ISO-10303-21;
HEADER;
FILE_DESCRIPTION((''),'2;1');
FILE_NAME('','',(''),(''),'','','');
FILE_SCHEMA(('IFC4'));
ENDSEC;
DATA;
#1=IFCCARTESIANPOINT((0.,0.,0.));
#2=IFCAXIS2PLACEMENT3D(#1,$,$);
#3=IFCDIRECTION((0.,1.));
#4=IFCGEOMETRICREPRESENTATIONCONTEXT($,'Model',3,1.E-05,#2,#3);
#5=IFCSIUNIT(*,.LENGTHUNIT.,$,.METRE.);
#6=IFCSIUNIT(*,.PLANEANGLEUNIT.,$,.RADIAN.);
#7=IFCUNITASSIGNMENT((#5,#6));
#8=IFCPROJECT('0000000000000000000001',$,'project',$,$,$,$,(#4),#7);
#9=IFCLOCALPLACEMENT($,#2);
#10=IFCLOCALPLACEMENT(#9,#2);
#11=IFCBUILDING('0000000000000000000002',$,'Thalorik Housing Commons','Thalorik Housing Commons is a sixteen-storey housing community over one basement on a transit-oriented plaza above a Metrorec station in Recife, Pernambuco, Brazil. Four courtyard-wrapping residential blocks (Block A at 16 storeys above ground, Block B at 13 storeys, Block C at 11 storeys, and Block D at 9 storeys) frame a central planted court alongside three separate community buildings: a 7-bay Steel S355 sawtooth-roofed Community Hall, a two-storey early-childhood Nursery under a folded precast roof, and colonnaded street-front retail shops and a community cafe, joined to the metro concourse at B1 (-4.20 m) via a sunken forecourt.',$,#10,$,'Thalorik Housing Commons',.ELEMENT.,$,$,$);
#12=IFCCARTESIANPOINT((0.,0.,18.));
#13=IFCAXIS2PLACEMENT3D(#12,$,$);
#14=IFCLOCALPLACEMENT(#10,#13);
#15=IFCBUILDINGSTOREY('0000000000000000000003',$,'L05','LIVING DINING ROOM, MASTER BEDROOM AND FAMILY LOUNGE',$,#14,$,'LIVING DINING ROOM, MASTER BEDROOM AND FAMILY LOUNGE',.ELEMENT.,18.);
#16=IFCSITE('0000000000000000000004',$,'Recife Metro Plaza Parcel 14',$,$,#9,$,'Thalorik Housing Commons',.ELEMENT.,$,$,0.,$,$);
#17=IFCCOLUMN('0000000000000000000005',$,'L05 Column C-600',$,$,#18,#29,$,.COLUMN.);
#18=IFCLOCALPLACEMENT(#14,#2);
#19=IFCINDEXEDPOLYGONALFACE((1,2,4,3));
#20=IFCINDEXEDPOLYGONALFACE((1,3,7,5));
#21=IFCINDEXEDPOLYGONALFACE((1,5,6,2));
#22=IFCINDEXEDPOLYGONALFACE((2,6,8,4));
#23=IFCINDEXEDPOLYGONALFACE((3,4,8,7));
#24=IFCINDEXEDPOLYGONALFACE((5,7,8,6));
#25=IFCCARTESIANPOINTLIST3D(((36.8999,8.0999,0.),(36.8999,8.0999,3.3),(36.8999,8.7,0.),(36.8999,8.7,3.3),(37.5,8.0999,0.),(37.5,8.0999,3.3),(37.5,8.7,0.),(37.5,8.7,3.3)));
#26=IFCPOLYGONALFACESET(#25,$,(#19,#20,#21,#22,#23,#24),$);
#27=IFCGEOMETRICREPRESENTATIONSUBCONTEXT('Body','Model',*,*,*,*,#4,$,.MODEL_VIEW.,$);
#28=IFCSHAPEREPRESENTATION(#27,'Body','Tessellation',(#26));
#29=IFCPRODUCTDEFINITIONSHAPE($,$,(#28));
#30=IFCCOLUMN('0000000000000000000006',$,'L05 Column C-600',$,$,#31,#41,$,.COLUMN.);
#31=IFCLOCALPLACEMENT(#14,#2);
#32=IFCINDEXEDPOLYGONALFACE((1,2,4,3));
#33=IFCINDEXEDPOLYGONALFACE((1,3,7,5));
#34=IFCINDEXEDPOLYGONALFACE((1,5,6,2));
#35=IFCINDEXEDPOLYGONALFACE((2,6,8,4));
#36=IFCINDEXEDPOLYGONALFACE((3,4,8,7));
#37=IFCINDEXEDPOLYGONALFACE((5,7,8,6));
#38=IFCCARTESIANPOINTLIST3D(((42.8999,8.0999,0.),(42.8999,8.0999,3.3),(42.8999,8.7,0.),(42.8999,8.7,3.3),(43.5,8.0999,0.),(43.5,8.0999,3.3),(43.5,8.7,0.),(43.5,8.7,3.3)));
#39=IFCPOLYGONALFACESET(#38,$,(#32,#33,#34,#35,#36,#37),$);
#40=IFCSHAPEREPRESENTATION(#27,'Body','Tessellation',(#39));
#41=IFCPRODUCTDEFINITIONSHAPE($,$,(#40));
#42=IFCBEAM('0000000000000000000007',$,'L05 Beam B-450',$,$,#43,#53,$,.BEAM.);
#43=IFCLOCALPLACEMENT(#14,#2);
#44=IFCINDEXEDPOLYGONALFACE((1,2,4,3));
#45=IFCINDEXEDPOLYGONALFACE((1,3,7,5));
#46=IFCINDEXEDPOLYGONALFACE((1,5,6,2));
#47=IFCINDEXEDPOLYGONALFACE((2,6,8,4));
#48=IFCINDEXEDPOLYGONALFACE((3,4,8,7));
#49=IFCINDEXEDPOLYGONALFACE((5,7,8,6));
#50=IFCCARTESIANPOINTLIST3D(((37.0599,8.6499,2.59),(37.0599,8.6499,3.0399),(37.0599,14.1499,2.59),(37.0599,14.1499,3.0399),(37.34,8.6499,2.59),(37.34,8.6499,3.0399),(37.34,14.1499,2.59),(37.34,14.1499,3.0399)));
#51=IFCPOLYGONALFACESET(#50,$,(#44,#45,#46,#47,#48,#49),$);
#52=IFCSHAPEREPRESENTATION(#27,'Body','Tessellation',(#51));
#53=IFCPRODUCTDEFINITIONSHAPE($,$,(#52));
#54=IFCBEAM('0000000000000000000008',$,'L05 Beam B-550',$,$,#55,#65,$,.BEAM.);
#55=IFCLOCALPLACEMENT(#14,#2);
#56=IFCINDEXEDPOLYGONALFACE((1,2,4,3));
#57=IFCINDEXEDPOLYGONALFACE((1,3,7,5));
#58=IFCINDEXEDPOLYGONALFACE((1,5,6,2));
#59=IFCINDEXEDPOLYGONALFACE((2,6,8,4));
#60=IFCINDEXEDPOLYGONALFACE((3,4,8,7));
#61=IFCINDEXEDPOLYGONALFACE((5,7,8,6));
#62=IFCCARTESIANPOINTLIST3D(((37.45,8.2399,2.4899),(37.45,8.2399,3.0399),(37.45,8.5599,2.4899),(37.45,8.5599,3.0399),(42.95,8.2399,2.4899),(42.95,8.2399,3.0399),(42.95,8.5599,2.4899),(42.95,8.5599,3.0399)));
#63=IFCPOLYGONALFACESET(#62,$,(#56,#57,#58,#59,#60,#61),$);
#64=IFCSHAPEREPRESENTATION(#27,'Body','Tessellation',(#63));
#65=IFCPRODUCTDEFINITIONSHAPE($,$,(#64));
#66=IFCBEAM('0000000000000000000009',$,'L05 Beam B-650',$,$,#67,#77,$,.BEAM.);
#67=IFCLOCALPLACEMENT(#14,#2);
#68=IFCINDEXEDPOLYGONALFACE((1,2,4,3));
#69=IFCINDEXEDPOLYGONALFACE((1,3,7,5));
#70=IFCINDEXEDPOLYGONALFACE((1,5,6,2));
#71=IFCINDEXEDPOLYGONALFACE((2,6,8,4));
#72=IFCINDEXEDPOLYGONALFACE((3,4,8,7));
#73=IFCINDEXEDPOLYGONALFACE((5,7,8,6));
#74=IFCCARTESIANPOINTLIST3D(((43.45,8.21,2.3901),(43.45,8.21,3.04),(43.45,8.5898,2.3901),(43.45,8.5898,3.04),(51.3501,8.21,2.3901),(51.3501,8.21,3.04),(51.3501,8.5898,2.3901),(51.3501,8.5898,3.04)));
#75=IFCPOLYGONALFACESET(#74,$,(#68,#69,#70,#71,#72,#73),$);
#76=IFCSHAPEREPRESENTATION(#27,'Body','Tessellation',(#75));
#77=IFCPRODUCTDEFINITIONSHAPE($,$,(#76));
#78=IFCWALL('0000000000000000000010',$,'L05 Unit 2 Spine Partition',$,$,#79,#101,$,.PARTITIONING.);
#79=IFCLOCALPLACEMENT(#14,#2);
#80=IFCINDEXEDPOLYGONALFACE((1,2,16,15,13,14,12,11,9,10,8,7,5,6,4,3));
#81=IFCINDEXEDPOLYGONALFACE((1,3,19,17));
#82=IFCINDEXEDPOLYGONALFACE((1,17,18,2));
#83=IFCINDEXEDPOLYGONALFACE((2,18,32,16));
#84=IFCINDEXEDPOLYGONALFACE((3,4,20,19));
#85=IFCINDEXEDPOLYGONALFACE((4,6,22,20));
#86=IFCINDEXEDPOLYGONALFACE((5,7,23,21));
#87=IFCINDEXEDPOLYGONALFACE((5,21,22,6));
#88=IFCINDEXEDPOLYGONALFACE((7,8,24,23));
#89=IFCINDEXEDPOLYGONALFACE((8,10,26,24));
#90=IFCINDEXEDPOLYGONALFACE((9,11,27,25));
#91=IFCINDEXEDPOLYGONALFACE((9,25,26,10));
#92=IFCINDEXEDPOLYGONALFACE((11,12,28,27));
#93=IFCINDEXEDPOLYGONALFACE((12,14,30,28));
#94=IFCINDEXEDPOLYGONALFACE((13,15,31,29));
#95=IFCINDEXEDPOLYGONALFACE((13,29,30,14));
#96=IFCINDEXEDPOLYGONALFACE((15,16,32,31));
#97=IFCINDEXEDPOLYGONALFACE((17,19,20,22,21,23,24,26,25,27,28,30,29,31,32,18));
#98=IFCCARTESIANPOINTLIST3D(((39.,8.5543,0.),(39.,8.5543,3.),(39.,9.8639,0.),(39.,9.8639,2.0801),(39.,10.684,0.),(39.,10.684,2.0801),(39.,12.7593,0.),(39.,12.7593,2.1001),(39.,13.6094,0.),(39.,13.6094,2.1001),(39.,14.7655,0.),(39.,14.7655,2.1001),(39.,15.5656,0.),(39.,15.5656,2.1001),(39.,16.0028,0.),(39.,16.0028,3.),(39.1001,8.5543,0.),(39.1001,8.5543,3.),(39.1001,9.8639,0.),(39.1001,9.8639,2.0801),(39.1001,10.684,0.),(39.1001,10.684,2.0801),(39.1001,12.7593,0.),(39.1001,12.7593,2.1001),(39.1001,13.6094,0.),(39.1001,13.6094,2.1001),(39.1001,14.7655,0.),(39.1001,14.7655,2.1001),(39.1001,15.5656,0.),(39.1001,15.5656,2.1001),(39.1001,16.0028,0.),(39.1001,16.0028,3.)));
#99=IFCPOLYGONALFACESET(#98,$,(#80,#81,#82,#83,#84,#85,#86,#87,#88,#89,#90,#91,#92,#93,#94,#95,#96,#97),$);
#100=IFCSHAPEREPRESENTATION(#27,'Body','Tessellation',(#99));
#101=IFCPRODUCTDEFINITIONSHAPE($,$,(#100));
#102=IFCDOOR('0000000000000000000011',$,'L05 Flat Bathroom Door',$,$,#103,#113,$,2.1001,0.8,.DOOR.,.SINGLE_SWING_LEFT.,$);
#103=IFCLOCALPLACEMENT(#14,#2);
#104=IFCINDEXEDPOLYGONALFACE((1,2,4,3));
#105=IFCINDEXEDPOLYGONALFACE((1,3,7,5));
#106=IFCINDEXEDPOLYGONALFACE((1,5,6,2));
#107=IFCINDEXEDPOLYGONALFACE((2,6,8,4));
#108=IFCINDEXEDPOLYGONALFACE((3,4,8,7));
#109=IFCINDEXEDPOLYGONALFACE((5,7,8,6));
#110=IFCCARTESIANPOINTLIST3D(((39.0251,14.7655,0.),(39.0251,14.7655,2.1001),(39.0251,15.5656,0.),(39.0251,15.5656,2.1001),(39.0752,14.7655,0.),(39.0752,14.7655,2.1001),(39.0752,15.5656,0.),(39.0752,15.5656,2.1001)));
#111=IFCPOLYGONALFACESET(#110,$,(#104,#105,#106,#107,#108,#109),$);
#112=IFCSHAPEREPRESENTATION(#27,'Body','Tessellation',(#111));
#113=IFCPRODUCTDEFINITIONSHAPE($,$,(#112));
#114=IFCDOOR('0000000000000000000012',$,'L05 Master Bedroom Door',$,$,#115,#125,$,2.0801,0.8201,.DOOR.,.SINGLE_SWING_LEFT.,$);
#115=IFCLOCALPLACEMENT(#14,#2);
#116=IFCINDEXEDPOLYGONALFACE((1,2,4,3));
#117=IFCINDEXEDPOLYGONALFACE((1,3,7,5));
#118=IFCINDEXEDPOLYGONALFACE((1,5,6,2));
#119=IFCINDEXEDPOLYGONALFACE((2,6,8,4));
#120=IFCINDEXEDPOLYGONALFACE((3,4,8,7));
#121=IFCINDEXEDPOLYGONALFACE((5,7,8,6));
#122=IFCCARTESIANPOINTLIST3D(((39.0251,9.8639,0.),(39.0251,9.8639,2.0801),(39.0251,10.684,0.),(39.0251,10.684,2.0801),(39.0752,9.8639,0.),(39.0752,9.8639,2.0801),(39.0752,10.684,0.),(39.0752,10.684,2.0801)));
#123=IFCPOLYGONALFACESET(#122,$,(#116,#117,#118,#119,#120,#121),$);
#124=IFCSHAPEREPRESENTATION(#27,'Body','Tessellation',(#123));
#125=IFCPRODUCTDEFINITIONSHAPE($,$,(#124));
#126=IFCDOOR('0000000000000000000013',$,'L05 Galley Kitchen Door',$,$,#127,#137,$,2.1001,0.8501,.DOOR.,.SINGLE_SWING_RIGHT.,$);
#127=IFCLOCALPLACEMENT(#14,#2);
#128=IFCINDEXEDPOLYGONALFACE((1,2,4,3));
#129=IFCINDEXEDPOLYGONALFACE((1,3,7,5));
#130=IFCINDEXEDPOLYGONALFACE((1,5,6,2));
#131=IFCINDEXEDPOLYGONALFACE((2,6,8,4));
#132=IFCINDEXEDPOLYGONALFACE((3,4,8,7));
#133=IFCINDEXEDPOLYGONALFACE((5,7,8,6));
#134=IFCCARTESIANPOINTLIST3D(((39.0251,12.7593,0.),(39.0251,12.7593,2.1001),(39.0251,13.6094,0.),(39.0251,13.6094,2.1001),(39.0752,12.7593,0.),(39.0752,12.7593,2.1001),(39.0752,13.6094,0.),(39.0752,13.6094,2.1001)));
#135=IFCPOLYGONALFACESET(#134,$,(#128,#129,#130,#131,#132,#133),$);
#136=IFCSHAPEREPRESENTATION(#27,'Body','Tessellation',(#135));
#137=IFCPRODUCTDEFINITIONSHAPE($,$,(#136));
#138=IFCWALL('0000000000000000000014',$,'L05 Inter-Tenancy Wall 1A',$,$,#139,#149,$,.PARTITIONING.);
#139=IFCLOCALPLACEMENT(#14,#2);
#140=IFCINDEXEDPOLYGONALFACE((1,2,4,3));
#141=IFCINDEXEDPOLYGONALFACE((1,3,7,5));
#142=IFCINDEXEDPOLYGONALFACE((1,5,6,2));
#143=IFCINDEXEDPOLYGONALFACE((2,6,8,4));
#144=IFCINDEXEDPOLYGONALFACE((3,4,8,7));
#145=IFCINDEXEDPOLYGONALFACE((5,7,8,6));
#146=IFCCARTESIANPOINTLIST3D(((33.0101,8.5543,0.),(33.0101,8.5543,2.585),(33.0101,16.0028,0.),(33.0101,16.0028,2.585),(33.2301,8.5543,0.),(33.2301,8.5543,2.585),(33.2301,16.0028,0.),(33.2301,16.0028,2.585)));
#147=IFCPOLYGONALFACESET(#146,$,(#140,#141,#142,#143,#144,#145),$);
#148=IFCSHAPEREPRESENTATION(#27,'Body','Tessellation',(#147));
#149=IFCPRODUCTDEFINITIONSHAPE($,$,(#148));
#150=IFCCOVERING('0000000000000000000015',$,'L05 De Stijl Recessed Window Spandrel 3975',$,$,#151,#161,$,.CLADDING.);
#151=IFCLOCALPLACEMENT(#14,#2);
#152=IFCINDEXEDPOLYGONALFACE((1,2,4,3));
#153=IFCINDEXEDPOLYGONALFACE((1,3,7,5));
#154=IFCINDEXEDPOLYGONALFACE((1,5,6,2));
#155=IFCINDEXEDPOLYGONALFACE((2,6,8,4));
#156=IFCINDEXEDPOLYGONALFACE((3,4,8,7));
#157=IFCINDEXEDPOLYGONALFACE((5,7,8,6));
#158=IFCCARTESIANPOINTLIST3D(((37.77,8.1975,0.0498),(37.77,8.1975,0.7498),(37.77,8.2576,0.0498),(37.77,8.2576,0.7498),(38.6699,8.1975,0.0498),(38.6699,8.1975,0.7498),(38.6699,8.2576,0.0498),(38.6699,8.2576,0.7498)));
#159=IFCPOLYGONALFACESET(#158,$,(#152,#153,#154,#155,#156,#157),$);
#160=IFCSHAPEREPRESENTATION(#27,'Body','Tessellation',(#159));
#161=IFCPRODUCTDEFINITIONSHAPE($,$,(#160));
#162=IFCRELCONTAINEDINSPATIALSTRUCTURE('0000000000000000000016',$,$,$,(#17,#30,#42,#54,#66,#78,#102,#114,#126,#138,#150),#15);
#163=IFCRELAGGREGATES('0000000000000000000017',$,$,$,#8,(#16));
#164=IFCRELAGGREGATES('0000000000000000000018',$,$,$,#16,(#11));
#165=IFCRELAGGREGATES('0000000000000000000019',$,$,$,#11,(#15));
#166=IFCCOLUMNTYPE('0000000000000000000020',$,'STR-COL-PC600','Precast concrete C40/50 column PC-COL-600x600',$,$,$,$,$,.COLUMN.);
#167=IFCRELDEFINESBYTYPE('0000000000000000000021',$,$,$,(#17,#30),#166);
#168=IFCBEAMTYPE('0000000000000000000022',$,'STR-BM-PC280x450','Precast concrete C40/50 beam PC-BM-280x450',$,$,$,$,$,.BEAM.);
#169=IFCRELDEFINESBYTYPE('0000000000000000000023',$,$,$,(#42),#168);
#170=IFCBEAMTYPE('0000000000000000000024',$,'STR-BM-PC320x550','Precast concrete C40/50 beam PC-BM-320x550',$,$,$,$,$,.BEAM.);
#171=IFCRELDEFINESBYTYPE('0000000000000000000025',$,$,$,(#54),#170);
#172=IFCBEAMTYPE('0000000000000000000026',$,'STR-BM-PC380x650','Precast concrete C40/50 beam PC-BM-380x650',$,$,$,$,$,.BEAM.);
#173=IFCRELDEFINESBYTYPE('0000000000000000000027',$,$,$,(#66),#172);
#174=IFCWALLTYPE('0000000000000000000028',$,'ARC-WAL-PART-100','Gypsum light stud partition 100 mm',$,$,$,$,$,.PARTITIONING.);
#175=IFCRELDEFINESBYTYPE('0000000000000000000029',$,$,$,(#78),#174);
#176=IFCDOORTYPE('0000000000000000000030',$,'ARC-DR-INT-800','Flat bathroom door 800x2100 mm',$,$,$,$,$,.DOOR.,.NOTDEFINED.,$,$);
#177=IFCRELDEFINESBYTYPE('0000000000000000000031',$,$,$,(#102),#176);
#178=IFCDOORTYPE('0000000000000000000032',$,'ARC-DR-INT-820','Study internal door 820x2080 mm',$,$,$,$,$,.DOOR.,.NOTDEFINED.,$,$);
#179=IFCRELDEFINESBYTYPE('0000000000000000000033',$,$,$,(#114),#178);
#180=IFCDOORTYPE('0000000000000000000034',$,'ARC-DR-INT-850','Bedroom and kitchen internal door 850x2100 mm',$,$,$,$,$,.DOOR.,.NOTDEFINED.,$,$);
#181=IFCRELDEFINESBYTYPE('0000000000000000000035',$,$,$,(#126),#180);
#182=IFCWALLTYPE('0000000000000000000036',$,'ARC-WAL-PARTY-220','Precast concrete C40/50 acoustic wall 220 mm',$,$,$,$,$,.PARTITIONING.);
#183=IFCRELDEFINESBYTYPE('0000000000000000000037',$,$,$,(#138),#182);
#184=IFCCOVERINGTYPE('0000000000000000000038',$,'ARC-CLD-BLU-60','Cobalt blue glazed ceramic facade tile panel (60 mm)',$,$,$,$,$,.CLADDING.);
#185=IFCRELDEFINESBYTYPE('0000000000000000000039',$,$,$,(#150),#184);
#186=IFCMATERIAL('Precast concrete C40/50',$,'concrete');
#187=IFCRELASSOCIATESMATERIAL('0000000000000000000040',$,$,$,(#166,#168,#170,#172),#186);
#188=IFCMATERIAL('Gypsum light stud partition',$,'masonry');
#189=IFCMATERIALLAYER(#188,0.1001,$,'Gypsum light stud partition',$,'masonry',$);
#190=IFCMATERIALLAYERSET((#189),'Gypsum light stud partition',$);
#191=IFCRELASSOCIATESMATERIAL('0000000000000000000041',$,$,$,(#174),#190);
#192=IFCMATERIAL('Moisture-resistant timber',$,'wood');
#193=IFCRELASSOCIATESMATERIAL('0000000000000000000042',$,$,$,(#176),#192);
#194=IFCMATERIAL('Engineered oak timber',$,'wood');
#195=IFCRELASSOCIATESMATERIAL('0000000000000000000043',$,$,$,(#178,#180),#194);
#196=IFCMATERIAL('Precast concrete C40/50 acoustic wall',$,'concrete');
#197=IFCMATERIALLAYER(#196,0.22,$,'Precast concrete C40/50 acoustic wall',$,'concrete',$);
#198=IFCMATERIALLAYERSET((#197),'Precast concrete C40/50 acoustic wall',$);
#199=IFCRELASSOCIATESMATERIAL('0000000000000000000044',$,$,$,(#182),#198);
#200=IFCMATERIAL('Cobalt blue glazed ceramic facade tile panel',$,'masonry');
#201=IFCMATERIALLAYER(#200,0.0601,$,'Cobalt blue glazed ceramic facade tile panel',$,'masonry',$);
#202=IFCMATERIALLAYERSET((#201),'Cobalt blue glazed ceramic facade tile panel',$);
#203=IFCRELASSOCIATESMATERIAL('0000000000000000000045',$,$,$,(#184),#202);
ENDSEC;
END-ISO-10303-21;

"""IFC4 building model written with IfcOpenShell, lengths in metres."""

from ifc_helpers import new_model, si_unit, direction, frame, frame_2d, origin, origin_2d, place, context, subcontext, project, spatial, rectangle, extrude, material, layer, layer_set, material_profile, profile_set, type_object, element, fill, save


model = new_model("IFC4")

# Units and contexts
model_context = context("Model", 3, precision=1e-05, world=origin(), true_north=direction((0.0, 1.0)))
body_context = subcontext(model_context, "Body", "Model", "MODEL_VIEW")
ifc_project = project(units=[si_unit("LENGTHUNIT", "METRE"), si_unit("PLANEANGLEUNIT", "RADIAN")], contexts=[model_context])

# Site, building, storey
site_placement = place(None, origin())
site = spatial("IfcSite", under=ifc_project, at=site_placement, Name="Recife Metro Plaza Parcel 14", LongName="Thalorik Housing Commons", CompositionType="ELEMENT", RefElevation=0.0)
building_placement = place(site_placement, origin())
building = spatial("IfcBuilding", under=site, at=building_placement, Name="Thalorik Housing Commons", Description="Thalorik Housing Commons is a sixteen-storey housing community over one basement on a transit-oriented plaza above a Metrorec station in Recife, Pernambuco, Brazil. Four courtyard-wrapping residential blocks (Block A at 16 storeys above ground, Block B at 13 storeys, Block C at 11 storeys, and Block D at 9 storeys) frame a central planted court alongside three separate community buildings: a 7-bay Steel S355 sawtooth-roofed Community Hall, a two-storey early-childhood Nursery under a folded precast roof, and colonnaded street-front retail shops and a community cafe, joined to the metro concourse at B1 (-4.20 m) via a sunken forecourt.", LongName="Thalorik Housing Commons", CompositionType="ELEMENT")
storey_placement = place(building_placement, frame((0.0, 0.0, 18.0)))
storey = spatial("IfcBuildingStorey", under=building, at=storey_placement, Name="L05", Description="LIVING DINING ROOM, MASTER BEDROOM AND FAMILY LOUNGE", LongName="LIVING DINING ROOM, MASTER BEDROOM AND FAMILY LOUNGE", CompositionType="ELEMENT", Elevation=18.0)

# Columns
ifc_material_1 = material(Name="Precast concrete C40/50", Category="concrete")
ifc_material_profile_1 = material_profile(ifc_material_1, rectangle(XDim=0.6001, YDim=0.6001, at=origin_2d()), Name="PC 600x600", Category="concrete")
ifc_profile_set_1 = profile_set([ifc_material_profile_1], Name="Precast concrete C40/50")
column_type = type_object("IfcColumnType", Name="STR-COL-PC600", Description="Precast concrete C40/50 column PC-COL-600x600", PredefinedType="COLUMN", material=ifc_profile_set_1)
for number, where, z_axis, x_axis, name in (
    (1, (37.2, 8.3999, 0.0), (0.0, 0.0, 1.0), (1.0, 0.0, 0.0), "L05 Column C-600"),
    (2, (43.2, 8.3999, 0.0), (0.0, 0.0, 1.0), (1.0, 0.0, 0.0), "L05 Column C-600"),
):
    element("IfcColumn", number, at=place(storey_placement, frame(where, z_axis=z_axis, x_axis=x_axis)), inside=storey, type_object=column_type, Name=name, PredefinedType="COLUMN", context=body_context, shape_type="SweptSolid", body=[
        extrude(rectangle(XDim=0.6001, YDim=0.6001, at=origin_2d()), origin(), (0.0, 0.0, 1.0), 3.3),
    ])

# Beams
ifc_material_profile_2 = material_profile(ifc_material_1, rectangle(XDim=0.28, YDim=0.45, at=origin_2d()), Name="PC 280x450", Category="concrete")
ifc_profile_set_2 = profile_set([ifc_material_profile_2], Name="Precast concrete C40/50")
beam_type_1 = type_object("IfcBeamType", Name="STR-BM-PC280x450", Description="Precast concrete C40/50 beam PC-BM-280x450", PredefinedType="BEAM", material=ifc_profile_set_2)
beam_1_placement = place(storey_placement, frame((37.2, 8.6499, 2.8149), z_axis=(0.0, 1.0, 0.0), x_axis=(-1.0, 0.0, 0.0)))
element("IfcBeam", 3, at=beam_1_placement, inside=storey, type_object=beam_type_1, Name="L05 Beam B-450", PredefinedType="BEAM", context=body_context, shape_type="SweptSolid", body=[
    extrude(rectangle(XDim=0.28, YDim=0.45, at=origin_2d()), origin(), (0.0, 0.0, 1.0), 5.5),
])
ifc_material_profile_3 = material_profile(ifc_material_1, rectangle(XDim=0.3201, YDim=0.55, at=origin_2d()), Name="PC 320x550", Category="concrete")
ifc_profile_set_3 = profile_set([ifc_material_profile_3], Name="Precast concrete C40/50")
beam_type_2 = type_object("IfcBeamType", Name="STR-BM-PC320x550", Description="Precast concrete C40/50 beam PC-BM-320x550", PredefinedType="BEAM", material=ifc_profile_set_3)
beam_2_placement = place(storey_placement, frame((37.45, 8.3999, 2.7649), z_axis=(1.0, 0.0, 0.0), x_axis=(0.0, 1.0, 0.0)))
element("IfcBeam", 4, at=beam_2_placement, inside=storey, type_object=beam_type_2, Name="L05 Beam B-550", PredefinedType="BEAM", context=body_context, shape_type="SweptSolid", body=[
    extrude(rectangle(XDim=0.3201, YDim=0.55, at=origin_2d()), origin(), (0.0, 0.0, 1.0), 5.5),
])
ifc_material_profile_4 = material_profile(ifc_material_1, rectangle(XDim=0.3799, YDim=0.6499, at=origin_2d()), Name="PC 380x650", Category="concrete")
ifc_profile_set_4 = profile_set([ifc_material_profile_4], Name="Precast concrete C40/50")
beam_type_3 = type_object("IfcBeamType", Name="STR-BM-PC380x650", Description="Precast concrete C40/50 beam PC-BM-380x650", PredefinedType="BEAM", material=ifc_profile_set_4)
beam_3_placement = place(storey_placement, frame((43.45, 8.3999, 2.7151), z_axis=(1.0, 0.0, 0.0), x_axis=(0.0, 1.0, 0.0)))
element("IfcBeam", 5, at=beam_3_placement, inside=storey, type_object=beam_type_3, Name="L05 Beam B-650", PredefinedType="BEAM", context=body_context, shape_type="SweptSolid", body=[
    extrude(rectangle(XDim=0.3799, YDim=0.6499, at=origin_2d()), origin(), (0.0, 0.0, 1.0), 7.9001),
])

# Wall, openings, doors
ifc_material_2 = material(Name="Gypsum light stud partition", Category="masonry")
ifc_layer_1 = layer(ifc_material_2, 0.1001, Name="Gypsum light stud partition", Category="masonry")
ifc_layer_set_1 = layer_set([ifc_layer_1], Name="Gypsum light stud partition")
wall_type_1 = type_object("IfcWallType", Name="ARC-WAL-PART-100", Description="Gypsum light stud partition 100 mm", PredefinedType="PARTITIONING", material=ifc_layer_set_1)
wall_1_placement = place(storey_placement, frame((39.05, 8.5544, 0.0), z_axis=(0.0, 0.0, 1.0), x_axis=(0.0, 1.0, 0.0)))
wall_1 = element("IfcWall", 6, at=wall_1_placement, inside=storey, type_object=wall_type_1, Name="L05 Unit 2 Spine Partition", PredefinedType="PARTITIONING", context=body_context, shape_type="SweptSolid", body=[
    extrude(rectangle(XDim=7.4485, YDim=0.1001, at=frame_2d((3.7241, 0.0))), origin(), (0.0, 0.0, 1.0), 3.0),
])
opening_1_placement = place(wall_1_placement, frame((1.3093, 0.0, 0.0)))
opening_1 = element("IfcOpeningElement", 7, at=opening_1_placement, cuts=wall_1, PredefinedType="OPENING", context=body_context, shape_type="SweptSolid", body=[
    extrude(rectangle(XDim=0.8201, YDim=2.0801, at=frame_2d((0.4102, 1.04))), frame((0.0, 0.0601, 0.0), z_axis=(0.0, -1.0, 0.0), x_axis=(1.0, 0.0, 0.0)), (0.0, 0.0, 1.0), 0.1201),
])
opening_2_placement = place(wall_1_placement, frame((4.2048, 0.0, 0.0)))
opening_2 = element("IfcOpeningElement", 8, at=opening_2_placement, cuts=wall_1, PredefinedType="OPENING", context=body_context, shape_type="SweptSolid", body=[
    extrude(rectangle(XDim=0.8501, YDim=2.1001, at=frame_2d((0.425, 1.05))), frame((0.0, 0.0601, 0.0), z_axis=(0.0, -1.0, 0.0), x_axis=(1.0, 0.0, 0.0)), (0.0, 0.0, 1.0), 0.1201),
])
opening_3_placement = place(wall_1_placement, frame((6.2112, 0.0, 0.0)))
opening_3 = element("IfcOpeningElement", 9, at=opening_3_placement, cuts=wall_1, PredefinedType="OPENING", context=body_context, shape_type="SweptSolid", body=[
    extrude(rectangle(XDim=0.8, YDim=2.1001, at=frame_2d((0.3999, 1.05))), frame((0.0, 0.0601, 0.0), z_axis=(0.0, -1.0, 0.0), x_axis=(1.0, 0.0, 0.0)), (0.0, 0.0, 1.0), 0.1201),
])
ifc_material_3 = material(Name="Moisture-resistant timber", Category="wood")
door_type_1 = type_object("IfcDoorType", Name="ARC-DR-INT-800", Description="Flat bathroom door 800x2100 mm", OperationType="NOTDEFINED", PredefinedType="DOOR", material=ifc_material_3)
door_1_placement = place(opening_3_placement, origin())
door_1 = element("IfcDoor", 10, at=door_1_placement, inside=storey, type_object=door_type_1, Name="L05 Flat Bathroom Door", OperationType="SINGLE_SWING_LEFT", OverallHeight=2.1001, OverallWidth=0.8, PredefinedType="DOOR", context=body_context, shape_type="SweptSolid", body=[
    extrude(rectangle(XDim=0.8, YDim=2.1001, at=frame_2d((0.3999, 1.05))), frame((0.0, 0.0249, 0.0), z_axis=(0.0, -1.0, 0.0), x_axis=(1.0, 0.0, 0.0)), (0.0, 0.0, 1.0), 0.05),
])
fill(opening_3, door_1)
ifc_material_4 = material(Name="Engineered oak timber", Category="wood")
door_type_2 = type_object("IfcDoorType", Name="ARC-DR-INT-820", Description="Study internal door 820x2080 mm", OperationType="NOTDEFINED", PredefinedType="DOOR", material=ifc_material_4)
door_2_placement = place(opening_1_placement, origin())
door_2 = element("IfcDoor", 11, at=door_2_placement, inside=storey, type_object=door_type_2, Name="L05 Master Bedroom Door", OperationType="SINGLE_SWING_LEFT", OverallHeight=2.0801, OverallWidth=0.8201, PredefinedType="DOOR", context=body_context, shape_type="SweptSolid", body=[
    extrude(rectangle(XDim=0.8201, YDim=2.0801, at=frame_2d((0.4102, 1.04))), frame((0.0, 0.0249, 0.0), z_axis=(0.0, -1.0, 0.0), x_axis=(1.0, 0.0, 0.0)), (0.0, 0.0, 1.0), 0.05),
])
fill(opening_1, door_2)
door_type_3 = type_object("IfcDoorType", Name="ARC-DR-INT-850", Description="Bedroom and kitchen internal door 850x2100 mm", OperationType="NOTDEFINED", PredefinedType="DOOR", material=ifc_material_4)
door_3_placement = place(opening_2_placement, origin())
door_3 = element("IfcDoor", 12, at=door_3_placement, inside=storey, type_object=door_type_3, Name="L05 Galley Kitchen Door", OperationType="SINGLE_SWING_RIGHT", OverallHeight=2.1001, OverallWidth=0.8501, PredefinedType="DOOR", context=body_context, shape_type="SweptSolid", body=[
    extrude(rectangle(XDim=0.8501, YDim=2.1001, at=frame_2d((0.425, 1.05))), frame((0.0, 0.0249, 0.0), z_axis=(0.0, -1.0, 0.0), x_axis=(1.0, 0.0, 0.0)), (0.0, 0.0, 1.0), 0.05),
])
fill(opening_2, door_3)

# Wall
ifc_material_5 = material(Name="Precast concrete C40/50 acoustic wall", Category="concrete")
ifc_layer_2 = layer(ifc_material_5, 0.22, Name="Precast concrete C40/50 acoustic wall", Category="concrete")
ifc_layer_set_2 = layer_set([ifc_layer_2], Name="Precast concrete C40/50 acoustic wall")
wall_type_2 = type_object("IfcWallType", Name="ARC-WAL-PARTY-220", Description="Precast concrete C40/50 acoustic wall 220 mm", PredefinedType="PARTITIONING", material=ifc_layer_set_2)
wall_2_placement = place(storey_placement, frame((33.1201, 8.5544, 0.0), z_axis=(0.0, 0.0, 1.0), x_axis=(0.0, 1.0, 0.0)))
element("IfcWall", 13, at=wall_2_placement, inside=storey, type_object=wall_type_2, Name="L05 Inter-Tenancy Wall 1A", PredefinedType="PARTITIONING", context=body_context, shape_type="SweptSolid", body=[
    extrude(rectangle(XDim=7.4485, YDim=0.22, at=frame_2d((3.7241, 0.0))), origin(), (0.0, 0.0, 1.0), 2.585),
])

# Covering
ifc_material_6 = material(Name="Cobalt blue glazed ceramic facade tile panel", Category="masonry")
ifc_layer_3 = layer(ifc_material_6, 0.0601, Name="Cobalt blue glazed ceramic facade tile panel", Category="masonry")
ifc_layer_set_3 = layer_set([ifc_layer_3], Name="Cobalt blue glazed ceramic facade tile panel")
covering_type_1 = type_object("IfcCoveringType", Name="ARC-CLD-BLU-60", Description="Cobalt blue glazed ceramic facade tile panel (60 mm)", PredefinedType="CLADDING", material=ifc_layer_set_3)
covering_1_placement = place(storey_placement, frame((38.22, 8.2275, 0.0498), z_axis=(0.0, 0.0, 1.0), x_axis=(1.0, 0.0, 0.0)))
element("IfcCovering", 14, at=covering_1_placement, inside=storey, type_object=covering_type_1, Name="L05 De Stijl Recessed Window Spandrel 3975", PredefinedType="CLADDING", context=body_context, shape_type="SweptSolid", body=[
    extrude(rectangle(XDim=0.8999, YDim=0.0601, at=origin_2d()), origin(), (0.0, 0.0, 1.0), 0.7),
])

save(model, "model.ifc")
